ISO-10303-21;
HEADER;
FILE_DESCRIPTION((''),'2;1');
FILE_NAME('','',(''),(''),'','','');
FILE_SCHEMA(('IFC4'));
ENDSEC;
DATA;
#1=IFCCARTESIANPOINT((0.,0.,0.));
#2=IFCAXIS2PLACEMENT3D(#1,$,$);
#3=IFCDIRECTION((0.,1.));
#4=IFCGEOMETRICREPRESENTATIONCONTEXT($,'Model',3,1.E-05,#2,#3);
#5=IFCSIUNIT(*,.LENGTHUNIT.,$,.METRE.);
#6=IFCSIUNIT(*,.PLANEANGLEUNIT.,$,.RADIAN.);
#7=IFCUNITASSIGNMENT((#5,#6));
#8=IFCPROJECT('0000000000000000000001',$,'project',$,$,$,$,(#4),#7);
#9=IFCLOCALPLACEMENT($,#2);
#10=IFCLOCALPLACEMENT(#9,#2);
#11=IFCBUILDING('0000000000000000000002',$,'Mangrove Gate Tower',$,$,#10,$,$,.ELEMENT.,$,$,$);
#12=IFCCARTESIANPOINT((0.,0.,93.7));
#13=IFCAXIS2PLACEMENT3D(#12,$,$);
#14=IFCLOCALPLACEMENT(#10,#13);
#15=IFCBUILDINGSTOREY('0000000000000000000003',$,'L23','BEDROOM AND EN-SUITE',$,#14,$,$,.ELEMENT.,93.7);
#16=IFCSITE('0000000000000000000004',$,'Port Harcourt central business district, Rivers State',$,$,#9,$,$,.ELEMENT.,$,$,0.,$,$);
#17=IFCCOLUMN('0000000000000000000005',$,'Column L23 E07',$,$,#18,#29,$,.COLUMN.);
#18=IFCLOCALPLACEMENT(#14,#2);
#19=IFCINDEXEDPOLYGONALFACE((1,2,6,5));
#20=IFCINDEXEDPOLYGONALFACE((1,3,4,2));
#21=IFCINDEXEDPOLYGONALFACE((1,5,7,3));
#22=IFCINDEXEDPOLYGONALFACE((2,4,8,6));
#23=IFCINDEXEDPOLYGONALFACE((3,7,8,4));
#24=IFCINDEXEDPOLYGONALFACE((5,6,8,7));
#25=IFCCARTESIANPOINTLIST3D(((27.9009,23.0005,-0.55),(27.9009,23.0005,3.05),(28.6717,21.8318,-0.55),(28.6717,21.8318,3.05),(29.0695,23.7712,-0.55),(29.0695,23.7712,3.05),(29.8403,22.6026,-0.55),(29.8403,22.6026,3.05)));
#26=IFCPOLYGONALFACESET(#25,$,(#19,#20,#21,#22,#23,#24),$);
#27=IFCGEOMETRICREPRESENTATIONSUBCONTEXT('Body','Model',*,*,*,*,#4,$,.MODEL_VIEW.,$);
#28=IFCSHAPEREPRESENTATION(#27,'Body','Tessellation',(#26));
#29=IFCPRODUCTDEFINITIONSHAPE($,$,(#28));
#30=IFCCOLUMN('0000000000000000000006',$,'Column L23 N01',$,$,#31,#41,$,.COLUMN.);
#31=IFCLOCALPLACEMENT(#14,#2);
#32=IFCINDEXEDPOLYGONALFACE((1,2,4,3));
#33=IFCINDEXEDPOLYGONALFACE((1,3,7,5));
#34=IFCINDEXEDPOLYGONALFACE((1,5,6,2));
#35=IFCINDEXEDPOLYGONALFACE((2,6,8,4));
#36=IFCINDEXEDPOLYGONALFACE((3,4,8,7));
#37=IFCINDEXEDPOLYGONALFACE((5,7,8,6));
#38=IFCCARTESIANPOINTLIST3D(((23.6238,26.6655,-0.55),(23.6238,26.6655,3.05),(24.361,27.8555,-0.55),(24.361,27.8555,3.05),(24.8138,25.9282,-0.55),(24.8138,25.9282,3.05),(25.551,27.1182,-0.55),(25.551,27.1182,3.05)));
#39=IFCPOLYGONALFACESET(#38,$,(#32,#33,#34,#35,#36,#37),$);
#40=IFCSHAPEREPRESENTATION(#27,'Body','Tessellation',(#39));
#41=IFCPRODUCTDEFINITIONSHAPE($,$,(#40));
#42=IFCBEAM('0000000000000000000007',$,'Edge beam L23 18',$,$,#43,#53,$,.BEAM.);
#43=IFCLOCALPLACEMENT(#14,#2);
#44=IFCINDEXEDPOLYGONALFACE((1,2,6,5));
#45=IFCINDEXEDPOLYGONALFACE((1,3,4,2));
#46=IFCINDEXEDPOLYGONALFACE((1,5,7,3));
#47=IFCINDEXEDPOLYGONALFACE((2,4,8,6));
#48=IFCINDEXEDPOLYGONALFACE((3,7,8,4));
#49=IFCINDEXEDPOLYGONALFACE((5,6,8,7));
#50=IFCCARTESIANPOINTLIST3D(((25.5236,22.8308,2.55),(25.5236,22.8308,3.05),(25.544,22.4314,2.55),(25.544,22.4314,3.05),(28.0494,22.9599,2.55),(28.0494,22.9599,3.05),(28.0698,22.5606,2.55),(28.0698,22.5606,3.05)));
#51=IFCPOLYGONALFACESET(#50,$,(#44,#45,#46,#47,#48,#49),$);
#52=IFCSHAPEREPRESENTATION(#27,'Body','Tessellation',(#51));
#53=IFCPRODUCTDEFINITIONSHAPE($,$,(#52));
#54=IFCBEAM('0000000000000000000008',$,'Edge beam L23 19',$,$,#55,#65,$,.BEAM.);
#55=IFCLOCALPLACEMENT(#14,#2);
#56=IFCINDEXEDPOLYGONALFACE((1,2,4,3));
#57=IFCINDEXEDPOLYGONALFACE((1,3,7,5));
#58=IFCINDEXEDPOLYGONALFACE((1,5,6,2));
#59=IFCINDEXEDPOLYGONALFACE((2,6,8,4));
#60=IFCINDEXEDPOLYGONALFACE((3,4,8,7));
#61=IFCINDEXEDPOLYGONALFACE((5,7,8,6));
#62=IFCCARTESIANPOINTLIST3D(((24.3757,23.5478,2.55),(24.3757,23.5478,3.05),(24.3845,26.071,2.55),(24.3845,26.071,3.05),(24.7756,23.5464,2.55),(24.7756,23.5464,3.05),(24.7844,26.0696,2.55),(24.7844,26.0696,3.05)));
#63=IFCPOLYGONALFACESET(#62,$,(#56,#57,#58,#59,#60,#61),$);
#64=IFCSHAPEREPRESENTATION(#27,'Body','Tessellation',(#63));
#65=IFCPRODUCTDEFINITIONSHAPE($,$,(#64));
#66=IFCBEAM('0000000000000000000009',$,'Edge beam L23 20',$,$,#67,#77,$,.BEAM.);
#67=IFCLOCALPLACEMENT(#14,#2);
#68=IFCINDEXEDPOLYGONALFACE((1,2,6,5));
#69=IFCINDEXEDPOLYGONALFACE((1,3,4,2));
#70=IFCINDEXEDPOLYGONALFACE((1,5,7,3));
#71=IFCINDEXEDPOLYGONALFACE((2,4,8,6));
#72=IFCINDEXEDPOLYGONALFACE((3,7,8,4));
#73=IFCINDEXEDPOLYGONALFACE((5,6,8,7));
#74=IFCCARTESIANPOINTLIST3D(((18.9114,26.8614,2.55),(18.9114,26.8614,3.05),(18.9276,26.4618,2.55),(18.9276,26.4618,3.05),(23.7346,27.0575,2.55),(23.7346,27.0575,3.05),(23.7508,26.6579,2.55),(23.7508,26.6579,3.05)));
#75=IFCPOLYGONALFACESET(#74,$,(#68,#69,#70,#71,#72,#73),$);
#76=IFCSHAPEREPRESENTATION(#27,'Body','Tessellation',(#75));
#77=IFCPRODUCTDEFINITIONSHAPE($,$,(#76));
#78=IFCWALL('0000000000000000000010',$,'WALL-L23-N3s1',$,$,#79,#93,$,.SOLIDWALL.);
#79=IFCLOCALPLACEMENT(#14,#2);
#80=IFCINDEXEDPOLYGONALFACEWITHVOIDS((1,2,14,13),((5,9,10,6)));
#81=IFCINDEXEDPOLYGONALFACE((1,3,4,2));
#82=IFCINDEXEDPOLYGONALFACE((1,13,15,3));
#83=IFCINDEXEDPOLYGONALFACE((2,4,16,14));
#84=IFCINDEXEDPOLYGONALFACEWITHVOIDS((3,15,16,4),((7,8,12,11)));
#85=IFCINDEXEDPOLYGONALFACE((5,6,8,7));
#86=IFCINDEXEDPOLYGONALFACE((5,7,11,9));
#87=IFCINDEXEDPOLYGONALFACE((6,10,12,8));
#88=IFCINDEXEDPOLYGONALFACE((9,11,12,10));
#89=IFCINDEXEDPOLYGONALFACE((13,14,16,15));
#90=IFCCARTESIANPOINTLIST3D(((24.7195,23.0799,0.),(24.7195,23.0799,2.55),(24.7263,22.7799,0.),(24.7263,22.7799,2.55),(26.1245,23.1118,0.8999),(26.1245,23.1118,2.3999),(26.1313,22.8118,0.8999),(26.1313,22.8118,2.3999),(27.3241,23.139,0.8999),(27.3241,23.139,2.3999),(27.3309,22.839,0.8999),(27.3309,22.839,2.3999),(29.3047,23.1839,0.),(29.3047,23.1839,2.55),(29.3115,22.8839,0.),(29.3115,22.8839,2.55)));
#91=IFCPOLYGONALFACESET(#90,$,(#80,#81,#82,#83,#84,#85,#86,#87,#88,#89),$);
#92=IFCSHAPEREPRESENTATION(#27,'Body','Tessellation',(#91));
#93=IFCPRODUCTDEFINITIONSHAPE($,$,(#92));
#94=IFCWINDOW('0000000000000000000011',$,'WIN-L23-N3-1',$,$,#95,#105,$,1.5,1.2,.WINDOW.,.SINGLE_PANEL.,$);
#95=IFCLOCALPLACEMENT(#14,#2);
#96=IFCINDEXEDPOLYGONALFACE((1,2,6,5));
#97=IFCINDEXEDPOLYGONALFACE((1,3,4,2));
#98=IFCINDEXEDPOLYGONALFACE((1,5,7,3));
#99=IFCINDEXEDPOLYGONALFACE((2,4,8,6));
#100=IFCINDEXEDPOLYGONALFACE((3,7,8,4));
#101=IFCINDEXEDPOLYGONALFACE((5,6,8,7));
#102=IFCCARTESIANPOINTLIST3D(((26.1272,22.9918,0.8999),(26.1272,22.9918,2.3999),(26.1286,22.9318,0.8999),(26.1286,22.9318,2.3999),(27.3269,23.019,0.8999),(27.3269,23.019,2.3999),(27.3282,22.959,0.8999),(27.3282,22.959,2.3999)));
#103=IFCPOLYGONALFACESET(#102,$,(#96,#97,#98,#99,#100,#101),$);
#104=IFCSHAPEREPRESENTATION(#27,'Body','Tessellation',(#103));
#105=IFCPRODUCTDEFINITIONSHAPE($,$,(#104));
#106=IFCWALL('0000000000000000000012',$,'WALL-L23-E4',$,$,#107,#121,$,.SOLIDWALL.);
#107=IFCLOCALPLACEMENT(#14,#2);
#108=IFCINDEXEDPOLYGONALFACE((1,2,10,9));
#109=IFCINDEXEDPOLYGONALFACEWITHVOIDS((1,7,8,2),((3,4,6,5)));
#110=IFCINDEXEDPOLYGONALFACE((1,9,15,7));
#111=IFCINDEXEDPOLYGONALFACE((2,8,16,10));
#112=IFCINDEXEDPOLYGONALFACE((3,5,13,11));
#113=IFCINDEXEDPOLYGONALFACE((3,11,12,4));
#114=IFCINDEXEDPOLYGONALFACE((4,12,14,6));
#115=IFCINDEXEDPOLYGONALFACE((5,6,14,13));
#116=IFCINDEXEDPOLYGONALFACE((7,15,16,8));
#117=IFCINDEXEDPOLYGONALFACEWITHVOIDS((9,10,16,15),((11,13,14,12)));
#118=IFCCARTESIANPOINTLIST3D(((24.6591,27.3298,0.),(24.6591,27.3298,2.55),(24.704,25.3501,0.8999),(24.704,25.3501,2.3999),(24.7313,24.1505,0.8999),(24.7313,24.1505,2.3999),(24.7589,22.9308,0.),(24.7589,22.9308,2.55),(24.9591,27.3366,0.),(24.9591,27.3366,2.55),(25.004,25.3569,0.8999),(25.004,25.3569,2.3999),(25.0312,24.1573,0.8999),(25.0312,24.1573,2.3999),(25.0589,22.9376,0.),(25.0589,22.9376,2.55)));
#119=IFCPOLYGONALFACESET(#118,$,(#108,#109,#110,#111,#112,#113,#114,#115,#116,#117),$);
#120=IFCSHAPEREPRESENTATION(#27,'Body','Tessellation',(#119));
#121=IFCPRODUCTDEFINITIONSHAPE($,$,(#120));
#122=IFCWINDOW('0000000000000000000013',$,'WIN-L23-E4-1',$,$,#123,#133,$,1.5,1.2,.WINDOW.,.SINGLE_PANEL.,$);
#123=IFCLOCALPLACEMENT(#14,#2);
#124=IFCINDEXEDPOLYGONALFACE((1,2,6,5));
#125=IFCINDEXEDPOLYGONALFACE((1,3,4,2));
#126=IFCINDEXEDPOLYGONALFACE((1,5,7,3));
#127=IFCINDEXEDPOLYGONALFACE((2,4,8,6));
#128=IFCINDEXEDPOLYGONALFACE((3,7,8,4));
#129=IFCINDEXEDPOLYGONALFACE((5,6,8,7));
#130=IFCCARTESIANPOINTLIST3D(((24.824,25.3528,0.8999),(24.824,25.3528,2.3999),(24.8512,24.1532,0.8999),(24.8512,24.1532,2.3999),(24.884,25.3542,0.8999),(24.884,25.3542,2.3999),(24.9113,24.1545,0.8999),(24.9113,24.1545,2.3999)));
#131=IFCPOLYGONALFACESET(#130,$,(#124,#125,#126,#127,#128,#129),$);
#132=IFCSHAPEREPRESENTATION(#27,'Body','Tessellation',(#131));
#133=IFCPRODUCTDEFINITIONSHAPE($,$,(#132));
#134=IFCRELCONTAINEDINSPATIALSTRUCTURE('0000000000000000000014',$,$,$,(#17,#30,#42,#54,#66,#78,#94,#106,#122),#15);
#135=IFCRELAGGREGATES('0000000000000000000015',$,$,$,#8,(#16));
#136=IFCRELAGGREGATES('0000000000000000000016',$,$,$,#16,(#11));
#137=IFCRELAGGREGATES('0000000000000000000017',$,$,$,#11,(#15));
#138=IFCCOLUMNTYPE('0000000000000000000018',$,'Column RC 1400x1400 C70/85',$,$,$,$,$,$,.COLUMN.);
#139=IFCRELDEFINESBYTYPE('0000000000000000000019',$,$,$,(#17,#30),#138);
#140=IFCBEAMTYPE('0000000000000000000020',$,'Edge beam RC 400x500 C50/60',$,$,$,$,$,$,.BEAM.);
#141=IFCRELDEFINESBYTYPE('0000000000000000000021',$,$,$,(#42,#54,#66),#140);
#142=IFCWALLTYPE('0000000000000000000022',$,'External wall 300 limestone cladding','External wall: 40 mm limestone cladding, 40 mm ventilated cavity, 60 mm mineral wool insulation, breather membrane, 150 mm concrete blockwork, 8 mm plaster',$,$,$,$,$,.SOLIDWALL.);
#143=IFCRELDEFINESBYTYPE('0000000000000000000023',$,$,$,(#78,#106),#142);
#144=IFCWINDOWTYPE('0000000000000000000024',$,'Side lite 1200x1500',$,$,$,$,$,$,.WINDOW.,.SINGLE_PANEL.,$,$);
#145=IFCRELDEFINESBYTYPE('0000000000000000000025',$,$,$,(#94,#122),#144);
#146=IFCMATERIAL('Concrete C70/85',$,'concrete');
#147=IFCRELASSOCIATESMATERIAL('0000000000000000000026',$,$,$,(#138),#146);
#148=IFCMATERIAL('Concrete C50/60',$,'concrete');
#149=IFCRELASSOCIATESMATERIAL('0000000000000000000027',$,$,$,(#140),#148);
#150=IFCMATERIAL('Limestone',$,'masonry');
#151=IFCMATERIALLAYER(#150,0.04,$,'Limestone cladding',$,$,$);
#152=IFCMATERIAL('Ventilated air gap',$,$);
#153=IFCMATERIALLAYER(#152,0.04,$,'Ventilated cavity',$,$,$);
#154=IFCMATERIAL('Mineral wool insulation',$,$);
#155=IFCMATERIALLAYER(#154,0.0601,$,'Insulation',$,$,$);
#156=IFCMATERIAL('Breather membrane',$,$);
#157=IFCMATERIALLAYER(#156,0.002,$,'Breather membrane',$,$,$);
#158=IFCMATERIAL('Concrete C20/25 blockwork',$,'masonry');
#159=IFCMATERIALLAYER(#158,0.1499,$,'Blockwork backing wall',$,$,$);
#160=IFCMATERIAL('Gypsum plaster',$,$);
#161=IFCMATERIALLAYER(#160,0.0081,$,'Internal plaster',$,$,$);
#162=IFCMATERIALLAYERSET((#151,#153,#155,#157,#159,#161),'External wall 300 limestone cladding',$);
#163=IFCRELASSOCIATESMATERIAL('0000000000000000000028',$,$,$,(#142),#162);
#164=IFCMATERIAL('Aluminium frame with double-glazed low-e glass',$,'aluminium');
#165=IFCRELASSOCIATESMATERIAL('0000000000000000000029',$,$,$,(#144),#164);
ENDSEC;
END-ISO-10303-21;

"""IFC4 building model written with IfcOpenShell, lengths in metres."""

from ifc_helpers import new_model, si_unit, direction, frame, frame_2d, origin, origin_2d, place, context, subcontext, project, spatial, rectangle, extrude, material, layer, layer_set, material_profile, profile_set, type_object, element, fill, save


model = new_model("IFC4")

# Units and contexts
model_context = context("Model", 3, precision=1e-05, world=origin(), true_north=direction((0.0, 1.0)))
body_context = subcontext(model_context, "Body", "Model", "MODEL_VIEW")
ifc_project = project(units=[si_unit("LENGTHUNIT", "METRE"), si_unit("PLANEANGLEUNIT", "RADIAN")], contexts=[model_context])

# Site, building, storey
site_placement = place(None, origin())
site = spatial("IfcSite", under=ifc_project, at=site_placement, Name="Port Harcourt central business district, Rivers State", CompositionType="ELEMENT", RefElevation=0.0)
building_placement = place(site_placement, origin())
building = spatial("IfcBuilding", under=site, at=building_placement, Name="Mangrove Gate Tower", CompositionType="ELEMENT")
storey_placement = place(building_placement, frame((0.0, 0.0, 93.7)))
storey = spatial("IfcBuildingStorey", under=building, at=storey_placement, Name="L23", Description="BEDROOM AND EN-SUITE", CompositionType="ELEMENT", Elevation=93.7)

# Columns
ifc_material_1 = material(Name="Concrete C70/85", Category="concrete")
ifc_material_profile_1 = material_profile(ifc_material_1, rectangle(XDim=1.3999, YDim=1.3999, at=origin_2d()))
ifc_profile_set_1 = profile_set([ifc_material_profile_1], Name="Concrete C70/85")
column_type = type_object("IfcColumnType", Name="Column RC 1400x1400 C70/85", PredefinedType="COLUMN", material=ifc_profile_set_1)
for number, where, z_axis, x_axis, name in (
    (1, (28.8706, 22.8015, -0.55), (0.0, 0.0, 1.0), (-0.550568, 0.83479, 0.0), "Column L23 E07"),
    (2, (24.5874, 26.8918, -0.55), (0.0, 0.0, 1.0), (-0.850083, 0.526649, 0.0), "Column L23 N01"),
):
    element("IfcColumn", number, at=place(storey_placement, frame(where, z_axis=z_axis, x_axis=x_axis)), inside=storey, type_object=column_type, Name=name, PredefinedType="COLUMN", context=body_context, shape_type="SweptSolid", body=[
        extrude(rectangle(XDim=1.3999, YDim=1.3999, at=origin_2d()), origin(), (0.0, 0.0, 1.0), 3.6001),
    ])

# Beams
ifc_material_2 = material(Name="Concrete C50/60", Category="concrete")
ifc_material_profile_2 = material_profile(ifc_material_2, rectangle(XDim=0.3999, YDim=0.5, at=origin_2d()))
ifc_profile_set_2 = profile_set([ifc_material_profile_2], Name="Concrete C50/60")
beam_type = type_object("IfcBeamType", Name="Edge beam RC 400x500 C50/60", PredefinedType="BEAM", material=ifc_profile_set_2)
beam_1_placement = place(storey_placement, frame((28.0596, 22.7603, 2.8), z_axis=(-0.998695, -0.051069, 0.0), x_axis=(0.051069, -0.998695, 0.0)))
element("IfcBeam", 3, at=beam_1_placement, inside=storey, type_object=beam_type, Name="Edge beam L23 18", PredefinedType="BEAM", context=body_context, shape_type="SweptSolid", body=[
    extrude(rectangle(XDim=0.3999, YDim=0.5, at=origin_2d()), origin(), (0.0, 0.0, 1.0), 2.5291),
])
beam_2_placement = place(storey_placement, frame((24.5757, 23.5471, 2.8), z_axis=(0.003483, 0.999994, 0.0), x_axis=(-0.999994, 0.003483, 0.0)))
element("IfcBeam", 4, at=beam_2_placement, inside=storey, type_object=beam_type, Name="Edge beam L23 19", PredefinedType="BEAM", context=body_context, shape_type="SweptSolid", body=[
    extrude(rectangle(XDim=0.3999, YDim=0.5, at=origin_2d()), origin(), (0.0, 0.0, 1.0), 2.5232),
])
beam_3_placement = place(storey_placement, frame((23.7427, 26.8577, 2.8), z_axis=(-0.999175, -0.040612, 0.0), x_axis=(0.040612, -0.999175, 0.0)))
element("IfcBeam", 5, at=beam_3_placement, inside=storey, type_object=beam_type, Name="Edge beam L23 20", PredefinedType="BEAM", context=body_context, shape_type="SweptSolid", body=[
    extrude(rectangle(XDim=0.3999, YDim=0.5, at=origin_2d()), origin(), (0.0, 0.0, 1.0), 4.8271),
])

# Walls, openings, windows
ifc_material_3 = material(Name="Limestone", Category="masonry")
ifc_layer_1 = layer(ifc_material_3, 0.04, Name="Limestone cladding")
ifc_material_4 = material(Name="Ventilated air gap")
ifc_layer_2 = layer(ifc_material_4, 0.04, Name="Ventilated cavity")
ifc_material_5 = material(Name="Mineral wool insulation")
ifc_layer_3 = layer(ifc_material_5, 0.0601, Name="Insulation")
ifc_material_6 = material(Name="Breather membrane")
ifc_layer_4 = layer(ifc_material_6, 0.002, Name="Breather membrane")
ifc_material_7 = material(Name="Concrete C20/25 blockwork", Category="masonry")
ifc_layer_5 = layer(ifc_material_7, 0.1499, Name="Blockwork backing wall")
ifc_material_8 = material(Name="Gypsum plaster")
ifc_layer_6 = layer(ifc_material_8, 0.0081, Name="Internal plaster")
ifc_layer_set = layer_set([ifc_layer_1, ifc_layer_2, ifc_layer_3, ifc_layer_4, ifc_layer_5, ifc_layer_6], Name="External wall 300 limestone cladding")
wall_type = type_object("IfcWallType", Name="External wall 300 limestone cladding", Description="External wall: 40 mm limestone cladding, 40 mm ventilated cavity, 60 mm mineral wool insulation, breather membrane, 150 mm concrete blockwork, 8 mm plaster", PredefinedType="SOLIDWALL", material=ifc_layer_set)
wall_1_placement = place(storey_placement, frame((29.3081, 23.0339, 0.0), z_axis=(0.0, 0.0, 1.0), x_axis=(-0.999743, -0.022677, 0.0)))
wall_1 = element("IfcWall", 6, at=wall_1_placement, inside=storey, type_object=wall_type, Name="WALL-L23-N3s1", PredefinedType="SOLIDWALL", context=body_context, shape_type="SweptSolid", body=[
    extrude(rectangle(XDim=4.5864, YDim=0.3, at=frame_2d((2.2932, 0.0))), origin(), (0.0, 0.0, 1.0), 2.55),
])
opening_1_placement = place(wall_1_placement, frame((1.981, 0.0, 0.8999)))
opening_1 = element("IfcOpeningElement", 7, at=opening_1_placement, cuts=wall_1, PredefinedType="OPENING", context=body_context, shape_type="SweptSolid", body=[
    extrude(rectangle(XDim=1.2, YDim=1.5, at=frame_2d((0.6001, 0.75))), frame((0.0, 0.1599, 0.0), z_axis=(0.0, -1.0, 0.0), x_axis=(1.0, 0.0, 0.0)), (0.0, 0.0, 1.0), 0.3201),
])
ifc_material_9 = material(Name="Aluminium frame with double-glazed low-e glass", Category="aluminium")
window_type_1 = type_object("IfcWindowType", Name="Side lite 1200x1500", PartitioningType="SINGLE_PANEL", PredefinedType="WINDOW", material=ifc_material_9)
window_1_placement = place(opening_1_placement, origin())
window_1 = element("IfcWindow", 8, at=window_1_placement, inside=storey, type_object=window_type_1, Name="WIN-L23-N3-1", OverallHeight=1.5, OverallWidth=1.2, PartitioningType="SINGLE_PANEL", PredefinedType="WINDOW", context=body_context, shape_type="SweptSolid", body=[
    extrude(rectangle(XDim=1.2, YDim=1.5, at=frame_2d((0.6001, 0.75))), frame((0.0, 0.03, 0.0), z_axis=(0.0, -1.0, 0.0), x_axis=(1.0, 0.0, 0.0)), (0.0, 0.0, 1.0), 0.0601),
])
fill(opening_1, window_1)
wall_2_placement = place(storey_placement, frame((24.9089, 22.9341, 0.0), z_axis=(0.0, 0.0, 1.0), x_axis=(-0.022694, 0.999742, 0.0)))
wall_2 = element("IfcWall", 9, at=wall_2_placement, inside=storey, type_object=wall_type, Name="WALL-L23-E4", PredefinedType="SOLIDWALL", context=body_context, shape_type="SweptSolid", body=[
    extrude(rectangle(XDim=4.4001, YDim=0.3, at=frame_2d((2.2002, 0.0))), origin(), (0.0, 0.0, 1.0), 2.55),
])
opening_2_placement = place(wall_2_placement, frame((1.22, 0.0, 0.8999)))
opening_2 = element("IfcOpeningElement", 10, at=opening_2_placement, cuts=wall_2, PredefinedType="OPENING", context=body_context, shape_type="SweptSolid", body=[
    extrude(rectangle(XDim=1.2, YDim=1.5, at=frame_2d((0.6001, 0.75))), frame((0.0, 0.1599, 0.0), z_axis=(0.0, -1.0, 0.0), x_axis=(1.0, 0.0, 0.0)), (0.0, 0.0, 1.0), 0.3201),
])
window_2_placement = place(opening_2_placement, origin())
window_2 = element("IfcWindow", 11, at=window_2_placement, inside=storey, type_object=window_type_1, Name="WIN-L23-E4-1", OverallHeight=1.5, OverallWidth=1.2, PartitioningType="SINGLE_PANEL", PredefinedType="WINDOW", context=body_context, shape_type="SweptSolid", body=[
    extrude(rectangle(XDim=1.2, YDim=1.5, at=frame_2d((0.6001, 0.75))), frame((0.0, 0.03, 0.0), z_axis=(0.0, -1.0, 0.0), x_axis=(1.0, 0.0, 0.0)), (0.0, 0.0, 1.0), 0.0601),
])
fill(opening_2, window_2)

save(model, "model.ifc")
